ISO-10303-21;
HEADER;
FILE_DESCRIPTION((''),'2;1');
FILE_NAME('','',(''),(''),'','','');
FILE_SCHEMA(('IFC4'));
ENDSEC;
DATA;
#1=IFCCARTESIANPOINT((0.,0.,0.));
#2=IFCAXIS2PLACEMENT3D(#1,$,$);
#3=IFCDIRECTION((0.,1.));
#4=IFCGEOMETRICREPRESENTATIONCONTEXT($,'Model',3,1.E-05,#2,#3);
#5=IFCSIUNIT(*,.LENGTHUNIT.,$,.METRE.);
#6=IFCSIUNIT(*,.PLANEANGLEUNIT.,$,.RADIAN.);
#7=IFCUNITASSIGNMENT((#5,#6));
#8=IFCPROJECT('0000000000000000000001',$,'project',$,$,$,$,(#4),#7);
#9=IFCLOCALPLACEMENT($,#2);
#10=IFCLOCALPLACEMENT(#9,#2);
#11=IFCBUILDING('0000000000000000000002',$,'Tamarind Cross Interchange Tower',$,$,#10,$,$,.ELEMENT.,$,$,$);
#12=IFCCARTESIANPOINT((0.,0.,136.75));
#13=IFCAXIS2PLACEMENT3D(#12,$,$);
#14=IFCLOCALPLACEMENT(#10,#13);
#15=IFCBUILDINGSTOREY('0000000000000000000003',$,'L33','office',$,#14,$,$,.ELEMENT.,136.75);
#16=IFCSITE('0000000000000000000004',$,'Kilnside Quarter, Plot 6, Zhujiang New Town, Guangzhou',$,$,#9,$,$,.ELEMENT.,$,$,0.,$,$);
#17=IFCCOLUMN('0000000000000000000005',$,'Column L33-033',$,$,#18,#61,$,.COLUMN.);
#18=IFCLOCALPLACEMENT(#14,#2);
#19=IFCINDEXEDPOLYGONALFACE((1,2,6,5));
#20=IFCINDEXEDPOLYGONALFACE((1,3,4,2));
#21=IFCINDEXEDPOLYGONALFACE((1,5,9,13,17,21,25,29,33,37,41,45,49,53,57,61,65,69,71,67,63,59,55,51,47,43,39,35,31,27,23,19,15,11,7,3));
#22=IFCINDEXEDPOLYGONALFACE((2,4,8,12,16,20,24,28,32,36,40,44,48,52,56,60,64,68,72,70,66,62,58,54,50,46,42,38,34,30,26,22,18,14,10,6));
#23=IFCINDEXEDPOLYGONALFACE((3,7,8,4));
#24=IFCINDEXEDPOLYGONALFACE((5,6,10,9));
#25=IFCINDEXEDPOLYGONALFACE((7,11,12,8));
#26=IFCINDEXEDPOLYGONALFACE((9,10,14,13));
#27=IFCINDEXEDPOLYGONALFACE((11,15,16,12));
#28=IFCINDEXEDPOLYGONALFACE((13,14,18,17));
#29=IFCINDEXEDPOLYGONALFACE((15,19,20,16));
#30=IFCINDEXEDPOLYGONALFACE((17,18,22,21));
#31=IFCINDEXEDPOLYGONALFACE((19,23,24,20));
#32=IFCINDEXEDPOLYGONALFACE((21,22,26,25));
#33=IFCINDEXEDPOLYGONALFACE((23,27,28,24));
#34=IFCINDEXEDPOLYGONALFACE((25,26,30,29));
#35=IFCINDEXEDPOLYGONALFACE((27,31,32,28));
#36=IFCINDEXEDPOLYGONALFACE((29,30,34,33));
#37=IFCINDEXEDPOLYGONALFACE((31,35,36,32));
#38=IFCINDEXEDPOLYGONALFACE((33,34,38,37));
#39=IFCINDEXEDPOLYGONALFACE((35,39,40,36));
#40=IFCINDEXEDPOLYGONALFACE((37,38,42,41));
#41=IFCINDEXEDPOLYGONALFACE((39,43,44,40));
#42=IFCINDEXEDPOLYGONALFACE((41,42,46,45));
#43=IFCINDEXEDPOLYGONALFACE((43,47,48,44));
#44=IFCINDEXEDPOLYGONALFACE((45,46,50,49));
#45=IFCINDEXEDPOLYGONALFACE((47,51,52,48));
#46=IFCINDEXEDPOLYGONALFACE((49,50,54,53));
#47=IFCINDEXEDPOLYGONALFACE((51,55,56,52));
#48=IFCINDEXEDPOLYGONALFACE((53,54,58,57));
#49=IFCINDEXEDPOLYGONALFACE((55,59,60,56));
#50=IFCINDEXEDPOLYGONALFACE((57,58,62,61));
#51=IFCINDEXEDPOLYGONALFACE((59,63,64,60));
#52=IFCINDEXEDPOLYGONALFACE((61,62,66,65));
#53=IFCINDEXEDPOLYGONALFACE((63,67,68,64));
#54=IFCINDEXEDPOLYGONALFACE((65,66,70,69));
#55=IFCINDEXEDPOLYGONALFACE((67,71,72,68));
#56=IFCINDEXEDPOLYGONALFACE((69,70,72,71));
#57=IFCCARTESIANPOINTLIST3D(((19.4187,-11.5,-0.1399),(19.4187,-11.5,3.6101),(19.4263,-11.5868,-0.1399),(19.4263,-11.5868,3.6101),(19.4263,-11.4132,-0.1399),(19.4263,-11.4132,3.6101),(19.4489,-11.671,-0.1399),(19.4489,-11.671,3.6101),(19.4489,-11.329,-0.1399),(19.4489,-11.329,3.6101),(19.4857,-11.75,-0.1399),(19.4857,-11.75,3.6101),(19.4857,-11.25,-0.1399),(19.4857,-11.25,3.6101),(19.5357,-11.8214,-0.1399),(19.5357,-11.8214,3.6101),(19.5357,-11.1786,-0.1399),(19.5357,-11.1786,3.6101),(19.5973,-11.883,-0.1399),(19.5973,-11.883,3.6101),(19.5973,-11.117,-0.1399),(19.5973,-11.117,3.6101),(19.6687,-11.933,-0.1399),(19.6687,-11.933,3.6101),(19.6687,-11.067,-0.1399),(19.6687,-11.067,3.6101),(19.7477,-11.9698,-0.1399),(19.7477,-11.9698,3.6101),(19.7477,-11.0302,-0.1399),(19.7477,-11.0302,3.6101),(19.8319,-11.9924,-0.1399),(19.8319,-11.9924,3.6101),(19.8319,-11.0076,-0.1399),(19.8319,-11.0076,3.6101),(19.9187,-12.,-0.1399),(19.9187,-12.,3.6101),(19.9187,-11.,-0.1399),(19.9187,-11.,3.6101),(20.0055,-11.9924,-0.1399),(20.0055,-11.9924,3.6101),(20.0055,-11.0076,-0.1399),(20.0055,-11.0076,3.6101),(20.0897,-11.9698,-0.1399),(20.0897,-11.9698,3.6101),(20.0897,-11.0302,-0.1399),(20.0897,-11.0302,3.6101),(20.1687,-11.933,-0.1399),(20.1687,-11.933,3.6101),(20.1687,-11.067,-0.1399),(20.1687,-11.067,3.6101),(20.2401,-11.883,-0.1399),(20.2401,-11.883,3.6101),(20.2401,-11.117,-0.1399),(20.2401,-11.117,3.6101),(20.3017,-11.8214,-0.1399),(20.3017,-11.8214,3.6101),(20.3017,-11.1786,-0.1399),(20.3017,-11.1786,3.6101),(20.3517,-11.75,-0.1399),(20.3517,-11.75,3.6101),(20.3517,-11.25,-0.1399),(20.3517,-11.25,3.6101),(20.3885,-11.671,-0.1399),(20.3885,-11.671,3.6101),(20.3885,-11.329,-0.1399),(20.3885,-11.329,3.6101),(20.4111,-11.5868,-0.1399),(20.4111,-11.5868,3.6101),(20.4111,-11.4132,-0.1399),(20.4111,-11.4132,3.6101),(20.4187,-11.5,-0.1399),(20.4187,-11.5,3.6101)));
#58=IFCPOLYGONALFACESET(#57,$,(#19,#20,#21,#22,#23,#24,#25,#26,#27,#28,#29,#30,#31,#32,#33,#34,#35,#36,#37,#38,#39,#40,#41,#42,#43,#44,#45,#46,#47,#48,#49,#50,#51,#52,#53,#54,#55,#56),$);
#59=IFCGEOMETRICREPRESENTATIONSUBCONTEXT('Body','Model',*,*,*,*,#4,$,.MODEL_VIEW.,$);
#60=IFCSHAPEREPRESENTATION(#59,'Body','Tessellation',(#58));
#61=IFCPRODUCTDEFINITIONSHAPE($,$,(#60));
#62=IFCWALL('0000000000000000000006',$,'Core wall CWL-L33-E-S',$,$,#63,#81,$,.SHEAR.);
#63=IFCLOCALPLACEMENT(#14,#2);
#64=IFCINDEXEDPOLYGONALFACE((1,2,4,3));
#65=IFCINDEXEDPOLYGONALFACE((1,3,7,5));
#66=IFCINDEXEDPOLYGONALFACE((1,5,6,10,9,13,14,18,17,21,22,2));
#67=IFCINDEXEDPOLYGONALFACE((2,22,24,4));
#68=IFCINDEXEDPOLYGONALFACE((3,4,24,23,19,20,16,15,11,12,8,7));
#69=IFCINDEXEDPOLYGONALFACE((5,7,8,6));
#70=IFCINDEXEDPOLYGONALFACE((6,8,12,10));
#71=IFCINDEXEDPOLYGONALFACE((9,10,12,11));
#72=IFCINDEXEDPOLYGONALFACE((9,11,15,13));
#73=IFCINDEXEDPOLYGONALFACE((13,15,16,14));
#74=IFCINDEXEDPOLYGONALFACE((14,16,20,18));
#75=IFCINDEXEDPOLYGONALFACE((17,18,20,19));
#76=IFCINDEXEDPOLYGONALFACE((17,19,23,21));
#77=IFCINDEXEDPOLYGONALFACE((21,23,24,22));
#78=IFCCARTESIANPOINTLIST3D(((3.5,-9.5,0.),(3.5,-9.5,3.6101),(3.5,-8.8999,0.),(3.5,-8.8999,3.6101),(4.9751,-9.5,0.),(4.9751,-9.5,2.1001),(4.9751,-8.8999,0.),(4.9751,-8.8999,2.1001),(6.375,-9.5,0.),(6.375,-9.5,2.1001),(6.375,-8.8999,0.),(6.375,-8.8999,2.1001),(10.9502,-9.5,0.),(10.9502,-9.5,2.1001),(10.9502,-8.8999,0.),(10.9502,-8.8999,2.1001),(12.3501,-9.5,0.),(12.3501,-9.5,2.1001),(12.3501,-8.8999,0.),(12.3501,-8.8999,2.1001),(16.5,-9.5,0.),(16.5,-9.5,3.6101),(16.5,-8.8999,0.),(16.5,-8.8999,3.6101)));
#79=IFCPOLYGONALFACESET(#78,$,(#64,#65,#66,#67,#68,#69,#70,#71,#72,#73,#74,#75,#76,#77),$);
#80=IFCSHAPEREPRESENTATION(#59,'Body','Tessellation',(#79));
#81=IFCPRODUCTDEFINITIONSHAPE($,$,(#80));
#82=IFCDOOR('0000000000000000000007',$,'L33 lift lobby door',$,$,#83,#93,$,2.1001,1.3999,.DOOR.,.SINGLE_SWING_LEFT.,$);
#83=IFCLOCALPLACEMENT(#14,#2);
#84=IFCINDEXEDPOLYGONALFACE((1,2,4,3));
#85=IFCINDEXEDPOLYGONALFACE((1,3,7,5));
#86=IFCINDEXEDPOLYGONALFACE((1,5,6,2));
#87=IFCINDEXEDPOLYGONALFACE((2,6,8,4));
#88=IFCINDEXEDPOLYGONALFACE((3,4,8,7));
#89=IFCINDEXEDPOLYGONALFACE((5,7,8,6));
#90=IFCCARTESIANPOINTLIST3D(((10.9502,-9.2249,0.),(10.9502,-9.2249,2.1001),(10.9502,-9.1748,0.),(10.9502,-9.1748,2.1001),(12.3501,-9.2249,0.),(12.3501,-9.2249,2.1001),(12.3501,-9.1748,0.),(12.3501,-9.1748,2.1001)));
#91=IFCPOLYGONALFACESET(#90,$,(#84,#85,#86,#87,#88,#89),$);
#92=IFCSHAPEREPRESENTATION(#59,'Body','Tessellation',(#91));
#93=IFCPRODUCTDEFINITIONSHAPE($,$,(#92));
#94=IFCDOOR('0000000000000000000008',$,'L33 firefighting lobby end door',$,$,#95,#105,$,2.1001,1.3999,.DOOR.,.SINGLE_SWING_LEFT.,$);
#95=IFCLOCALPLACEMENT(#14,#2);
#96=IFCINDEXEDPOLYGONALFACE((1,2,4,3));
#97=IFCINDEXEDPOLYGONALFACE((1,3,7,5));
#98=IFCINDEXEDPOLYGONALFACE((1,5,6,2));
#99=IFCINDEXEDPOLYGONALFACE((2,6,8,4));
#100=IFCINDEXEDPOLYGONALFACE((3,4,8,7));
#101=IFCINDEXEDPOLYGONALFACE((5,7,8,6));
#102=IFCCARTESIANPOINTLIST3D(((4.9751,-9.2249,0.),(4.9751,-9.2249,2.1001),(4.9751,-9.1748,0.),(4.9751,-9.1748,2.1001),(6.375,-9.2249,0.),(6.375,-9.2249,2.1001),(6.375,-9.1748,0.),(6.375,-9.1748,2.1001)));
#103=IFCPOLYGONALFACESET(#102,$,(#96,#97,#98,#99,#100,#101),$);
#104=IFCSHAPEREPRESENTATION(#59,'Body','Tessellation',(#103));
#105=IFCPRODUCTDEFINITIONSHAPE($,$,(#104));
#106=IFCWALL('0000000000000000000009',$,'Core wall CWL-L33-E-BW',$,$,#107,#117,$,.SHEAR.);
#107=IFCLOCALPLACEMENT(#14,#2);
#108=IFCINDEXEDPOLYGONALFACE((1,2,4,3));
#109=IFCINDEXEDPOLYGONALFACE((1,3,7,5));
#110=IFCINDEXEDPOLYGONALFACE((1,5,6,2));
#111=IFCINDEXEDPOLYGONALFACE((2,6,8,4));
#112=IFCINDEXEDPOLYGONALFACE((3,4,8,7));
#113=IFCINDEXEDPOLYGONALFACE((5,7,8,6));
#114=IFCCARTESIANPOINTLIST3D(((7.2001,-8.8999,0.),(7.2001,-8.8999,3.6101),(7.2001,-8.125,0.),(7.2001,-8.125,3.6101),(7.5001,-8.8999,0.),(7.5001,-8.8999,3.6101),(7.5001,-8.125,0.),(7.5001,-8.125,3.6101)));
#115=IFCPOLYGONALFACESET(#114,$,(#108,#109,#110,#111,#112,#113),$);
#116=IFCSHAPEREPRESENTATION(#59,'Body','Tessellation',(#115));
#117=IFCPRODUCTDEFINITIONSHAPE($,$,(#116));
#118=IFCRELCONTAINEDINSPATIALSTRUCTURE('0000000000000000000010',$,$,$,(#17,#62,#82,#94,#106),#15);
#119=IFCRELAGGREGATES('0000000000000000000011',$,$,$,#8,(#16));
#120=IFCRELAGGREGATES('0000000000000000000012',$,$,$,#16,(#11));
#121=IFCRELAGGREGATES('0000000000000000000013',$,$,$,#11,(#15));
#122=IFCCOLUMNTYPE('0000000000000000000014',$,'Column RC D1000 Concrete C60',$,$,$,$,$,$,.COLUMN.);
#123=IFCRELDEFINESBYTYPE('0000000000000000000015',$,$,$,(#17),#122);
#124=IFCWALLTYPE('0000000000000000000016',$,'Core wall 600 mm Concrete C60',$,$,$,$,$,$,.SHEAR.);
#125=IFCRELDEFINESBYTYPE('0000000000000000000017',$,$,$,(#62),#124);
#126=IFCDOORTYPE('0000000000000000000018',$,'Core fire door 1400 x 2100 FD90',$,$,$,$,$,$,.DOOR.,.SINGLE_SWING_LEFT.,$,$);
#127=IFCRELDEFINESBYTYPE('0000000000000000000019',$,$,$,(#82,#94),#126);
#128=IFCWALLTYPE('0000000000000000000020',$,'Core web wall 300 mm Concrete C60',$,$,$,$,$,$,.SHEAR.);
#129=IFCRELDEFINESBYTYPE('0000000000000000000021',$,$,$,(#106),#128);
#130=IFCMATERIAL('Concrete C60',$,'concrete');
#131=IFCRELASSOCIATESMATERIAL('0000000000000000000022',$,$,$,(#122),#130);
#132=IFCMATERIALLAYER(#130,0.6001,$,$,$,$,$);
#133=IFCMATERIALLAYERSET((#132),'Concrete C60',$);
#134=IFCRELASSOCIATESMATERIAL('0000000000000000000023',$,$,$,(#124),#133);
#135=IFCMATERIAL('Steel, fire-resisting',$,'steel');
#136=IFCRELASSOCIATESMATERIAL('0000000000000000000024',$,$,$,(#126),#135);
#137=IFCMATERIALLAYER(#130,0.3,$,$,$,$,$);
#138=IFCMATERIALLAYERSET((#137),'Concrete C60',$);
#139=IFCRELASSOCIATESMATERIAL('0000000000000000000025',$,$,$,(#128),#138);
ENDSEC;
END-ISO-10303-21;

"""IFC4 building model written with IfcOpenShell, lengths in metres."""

from ifc_helpers import new_model, si_unit, direction, frame, frame_2d, origin, origin_2d, place, context, subcontext, project, spatial, rectangle, circle, extrude, material, layer, layer_set, material_profile, profile_set, type_object, element, fill, save


model = new_model("IFC4")

# Units and contexts
model_context = context("Model", 3, precision=1e-05, world=origin(), true_north=direction((0.0, 1.0)))
body_context = subcontext(model_context, "Body", "Model", "MODEL_VIEW")
ifc_project = project(units=[si_unit("LENGTHUNIT", "METRE"), si_unit("PLANEANGLEUNIT", "RADIAN")], contexts=[model_context])

# Site, building, storey
site_placement = place(None, origin())
site = spatial("IfcSite", under=ifc_project, at=site_placement, Name="Kilnside Quarter, Plot 6, Zhujiang New Town, Guangzhou", CompositionType="ELEMENT", RefElevation=0.0)
building_placement = place(site_placement, origin())
building = spatial("IfcBuilding", under=site, at=building_placement, Name="Tamarind Cross Interchange Tower", CompositionType="ELEMENT")
storey_placement = place(building_placement, frame((0.0, 0.0, 136.75)))
storey = spatial("IfcBuildingStorey", under=building, at=storey_placement, Name="L33", Description="office", CompositionType="ELEMENT", Elevation=136.75)

# Column
ifc_material_1 = material(Name="Concrete C60", Category="concrete")
ifc_material_profile = material_profile(ifc_material_1, circle(Radius=0.5, at=origin_2d()), Name="RC D1000")
ifc_profile_set = profile_set([ifc_material_profile], Name="Concrete C60")
column_type = type_object("IfcColumnType", Name="Column RC D1000 Concrete C60", PredefinedType="COLUMN", material=ifc_profile_set)
column_placement = place(storey_placement, frame((19.9187, -11.5, -0.1399), z_axis=(0.0, 0.0, 1.0), x_axis=(1.0, 0.0, 0.0)))
element("IfcColumn", 1, at=column_placement, inside=storey, type_object=column_type, Name="Column L33-033", PredefinedType="COLUMN", context=body_context, shape_type="SweptSolid", body=[
    extrude(circle(Radius=0.5, at=origin_2d()), origin(), (0.0, 0.0, 1.0), 3.75),
])

# Wall, openings, doors
ifc_layer_1 = layer(ifc_material_1, 0.6001)
ifc_layer_set_1 = layer_set([ifc_layer_1], Name="Concrete C60")
wall_type_1 = type_object("IfcWallType", Name="Core wall 600 mm Concrete C60", PredefinedType="SHEAR", material=ifc_layer_set_1)
wall_1_placement = place(storey_placement, frame((16.5, -9.2, 0.0), z_axis=(0.0, 0.0, 1.0), x_axis=(-1.0, 0.0, 0.0)))
wall_1 = element("IfcWall", 2, at=wall_1_placement, inside=storey, type_object=wall_type_1, Name="Core wall CWL-L33-E-S", PredefinedType="SHEAR", context=body_context, shape_type="SweptSolid", body=[
    extrude(rectangle(XDim=13.0, YDim=0.6001, at=frame_2d((6.5, 0.0))), origin(), (0.0, 0.0, 1.0), 3.6101),
])
opening_1_placement = place(wall_1_placement, frame((4.1499, 0.0, 0.0)))
opening_1 = element("IfcOpeningElement", 3, at=opening_1_placement, cuts=wall_1, PredefinedType="OPENING", context=body_context, shape_type="SweptSolid", body=[
    extrude(rectangle(XDim=1.3999, YDim=2.1001, at=frame_2d((0.7, 1.05))), frame((0.0, 0.3101, 0.0), z_axis=(0.0, -1.0, 0.0), x_axis=(1.0, 0.0, 0.0)), (0.0, 0.0, 1.0), 0.6201),
])
opening_2_placement = place(wall_1_placement, frame((10.125, 0.0, 0.0)))
opening_2 = element("IfcOpeningElement", 4, at=opening_2_placement, cuts=wall_1, PredefinedType="OPENING", context=body_context, shape_type="SweptSolid", body=[
    extrude(rectangle(XDim=1.3999, YDim=2.1001, at=frame_2d((0.7, 1.05))), frame((0.0, 0.3101, 0.0), z_axis=(0.0, -1.0, 0.0), x_axis=(1.0, 0.0, 0.0)), (0.0, 0.0, 1.0), 0.6201),
])
ifc_material_2 = material(Name="Steel, fire-resisting", Category="steel")
door_type_1 = type_object("IfcDoorType", Name="Core fire door 1400 x 2100 FD90", OperationType="SINGLE_SWING_LEFT", PredefinedType="DOOR", material=ifc_material_2)
door_1_placement = place(opening_1_placement, origin())
door_1 = element("IfcDoor", 5, at=door_1_placement, inside=storey, type_object=door_type_1, Name="L33 lift lobby door", OperationType="SINGLE_SWING_LEFT", OverallHeight=2.1001, OverallWidth=1.3999, PredefinedType="DOOR", context=body_context, shape_type="SweptSolid", body=[
    extrude(rectangle(XDim=1.3999, YDim=2.1001, at=frame_2d((0.7, 1.05))), frame((0.0, 0.0249, 0.0), z_axis=(0.0, -1.0, 0.0), x_axis=(1.0, 0.0, 0.0)), (0.0, 0.0, 1.0), 0.05),
])
fill(opening_1, door_1)
door_2_placement = place(opening_2_placement, origin())
door_2 = element("IfcDoor", 6, at=door_2_placement, inside=storey, type_object=door_type_1, Name="L33 firefighting lobby end door", OperationType="SINGLE_SWING_LEFT", OverallHeight=2.1001, OverallWidth=1.3999, PredefinedType="DOOR", context=body_context, shape_type="SweptSolid", body=[
    extrude(rectangle(XDim=1.3999, YDim=2.1001, at=frame_2d((0.7, 1.05))), frame((0.0, 0.0249, 0.0), z_axis=(0.0, -1.0, 0.0), x_axis=(1.0, 0.0, 0.0)), (0.0, 0.0, 1.0), 0.05),
])
fill(opening_2, door_2)

# Wall
ifc_layer_2 = layer(ifc_material_1, 0.3)
ifc_layer_set_2 = layer_set([ifc_layer_2], Name="Concrete C60")
wall_type_2 = type_object("IfcWallType", Name="Core web wall 300 mm Concrete C60", PredefinedType="SHEAR", material=ifc_layer_set_2)
wall_2_placement = place(storey_placement, frame((7.3501, -8.8999, 0.0), z_axis=(0.0, 0.0, 1.0), x_axis=(0.0, 1.0, 0.0)))
element("IfcWall", 7, at=wall_2_placement, inside=storey, type_object=wall_type_2, Name="Core wall CWL-L33-E-BW", PredefinedType="SHEAR", context=body_context, shape_type="SweptSolid", body=[
    extrude(rectangle(XDim=0.7749, YDim=0.3, at=frame_2d((0.3875, 0.0))), origin(), (0.0, 0.0, 1.0), 3.6101),
])

save(model, "model.ifc")
